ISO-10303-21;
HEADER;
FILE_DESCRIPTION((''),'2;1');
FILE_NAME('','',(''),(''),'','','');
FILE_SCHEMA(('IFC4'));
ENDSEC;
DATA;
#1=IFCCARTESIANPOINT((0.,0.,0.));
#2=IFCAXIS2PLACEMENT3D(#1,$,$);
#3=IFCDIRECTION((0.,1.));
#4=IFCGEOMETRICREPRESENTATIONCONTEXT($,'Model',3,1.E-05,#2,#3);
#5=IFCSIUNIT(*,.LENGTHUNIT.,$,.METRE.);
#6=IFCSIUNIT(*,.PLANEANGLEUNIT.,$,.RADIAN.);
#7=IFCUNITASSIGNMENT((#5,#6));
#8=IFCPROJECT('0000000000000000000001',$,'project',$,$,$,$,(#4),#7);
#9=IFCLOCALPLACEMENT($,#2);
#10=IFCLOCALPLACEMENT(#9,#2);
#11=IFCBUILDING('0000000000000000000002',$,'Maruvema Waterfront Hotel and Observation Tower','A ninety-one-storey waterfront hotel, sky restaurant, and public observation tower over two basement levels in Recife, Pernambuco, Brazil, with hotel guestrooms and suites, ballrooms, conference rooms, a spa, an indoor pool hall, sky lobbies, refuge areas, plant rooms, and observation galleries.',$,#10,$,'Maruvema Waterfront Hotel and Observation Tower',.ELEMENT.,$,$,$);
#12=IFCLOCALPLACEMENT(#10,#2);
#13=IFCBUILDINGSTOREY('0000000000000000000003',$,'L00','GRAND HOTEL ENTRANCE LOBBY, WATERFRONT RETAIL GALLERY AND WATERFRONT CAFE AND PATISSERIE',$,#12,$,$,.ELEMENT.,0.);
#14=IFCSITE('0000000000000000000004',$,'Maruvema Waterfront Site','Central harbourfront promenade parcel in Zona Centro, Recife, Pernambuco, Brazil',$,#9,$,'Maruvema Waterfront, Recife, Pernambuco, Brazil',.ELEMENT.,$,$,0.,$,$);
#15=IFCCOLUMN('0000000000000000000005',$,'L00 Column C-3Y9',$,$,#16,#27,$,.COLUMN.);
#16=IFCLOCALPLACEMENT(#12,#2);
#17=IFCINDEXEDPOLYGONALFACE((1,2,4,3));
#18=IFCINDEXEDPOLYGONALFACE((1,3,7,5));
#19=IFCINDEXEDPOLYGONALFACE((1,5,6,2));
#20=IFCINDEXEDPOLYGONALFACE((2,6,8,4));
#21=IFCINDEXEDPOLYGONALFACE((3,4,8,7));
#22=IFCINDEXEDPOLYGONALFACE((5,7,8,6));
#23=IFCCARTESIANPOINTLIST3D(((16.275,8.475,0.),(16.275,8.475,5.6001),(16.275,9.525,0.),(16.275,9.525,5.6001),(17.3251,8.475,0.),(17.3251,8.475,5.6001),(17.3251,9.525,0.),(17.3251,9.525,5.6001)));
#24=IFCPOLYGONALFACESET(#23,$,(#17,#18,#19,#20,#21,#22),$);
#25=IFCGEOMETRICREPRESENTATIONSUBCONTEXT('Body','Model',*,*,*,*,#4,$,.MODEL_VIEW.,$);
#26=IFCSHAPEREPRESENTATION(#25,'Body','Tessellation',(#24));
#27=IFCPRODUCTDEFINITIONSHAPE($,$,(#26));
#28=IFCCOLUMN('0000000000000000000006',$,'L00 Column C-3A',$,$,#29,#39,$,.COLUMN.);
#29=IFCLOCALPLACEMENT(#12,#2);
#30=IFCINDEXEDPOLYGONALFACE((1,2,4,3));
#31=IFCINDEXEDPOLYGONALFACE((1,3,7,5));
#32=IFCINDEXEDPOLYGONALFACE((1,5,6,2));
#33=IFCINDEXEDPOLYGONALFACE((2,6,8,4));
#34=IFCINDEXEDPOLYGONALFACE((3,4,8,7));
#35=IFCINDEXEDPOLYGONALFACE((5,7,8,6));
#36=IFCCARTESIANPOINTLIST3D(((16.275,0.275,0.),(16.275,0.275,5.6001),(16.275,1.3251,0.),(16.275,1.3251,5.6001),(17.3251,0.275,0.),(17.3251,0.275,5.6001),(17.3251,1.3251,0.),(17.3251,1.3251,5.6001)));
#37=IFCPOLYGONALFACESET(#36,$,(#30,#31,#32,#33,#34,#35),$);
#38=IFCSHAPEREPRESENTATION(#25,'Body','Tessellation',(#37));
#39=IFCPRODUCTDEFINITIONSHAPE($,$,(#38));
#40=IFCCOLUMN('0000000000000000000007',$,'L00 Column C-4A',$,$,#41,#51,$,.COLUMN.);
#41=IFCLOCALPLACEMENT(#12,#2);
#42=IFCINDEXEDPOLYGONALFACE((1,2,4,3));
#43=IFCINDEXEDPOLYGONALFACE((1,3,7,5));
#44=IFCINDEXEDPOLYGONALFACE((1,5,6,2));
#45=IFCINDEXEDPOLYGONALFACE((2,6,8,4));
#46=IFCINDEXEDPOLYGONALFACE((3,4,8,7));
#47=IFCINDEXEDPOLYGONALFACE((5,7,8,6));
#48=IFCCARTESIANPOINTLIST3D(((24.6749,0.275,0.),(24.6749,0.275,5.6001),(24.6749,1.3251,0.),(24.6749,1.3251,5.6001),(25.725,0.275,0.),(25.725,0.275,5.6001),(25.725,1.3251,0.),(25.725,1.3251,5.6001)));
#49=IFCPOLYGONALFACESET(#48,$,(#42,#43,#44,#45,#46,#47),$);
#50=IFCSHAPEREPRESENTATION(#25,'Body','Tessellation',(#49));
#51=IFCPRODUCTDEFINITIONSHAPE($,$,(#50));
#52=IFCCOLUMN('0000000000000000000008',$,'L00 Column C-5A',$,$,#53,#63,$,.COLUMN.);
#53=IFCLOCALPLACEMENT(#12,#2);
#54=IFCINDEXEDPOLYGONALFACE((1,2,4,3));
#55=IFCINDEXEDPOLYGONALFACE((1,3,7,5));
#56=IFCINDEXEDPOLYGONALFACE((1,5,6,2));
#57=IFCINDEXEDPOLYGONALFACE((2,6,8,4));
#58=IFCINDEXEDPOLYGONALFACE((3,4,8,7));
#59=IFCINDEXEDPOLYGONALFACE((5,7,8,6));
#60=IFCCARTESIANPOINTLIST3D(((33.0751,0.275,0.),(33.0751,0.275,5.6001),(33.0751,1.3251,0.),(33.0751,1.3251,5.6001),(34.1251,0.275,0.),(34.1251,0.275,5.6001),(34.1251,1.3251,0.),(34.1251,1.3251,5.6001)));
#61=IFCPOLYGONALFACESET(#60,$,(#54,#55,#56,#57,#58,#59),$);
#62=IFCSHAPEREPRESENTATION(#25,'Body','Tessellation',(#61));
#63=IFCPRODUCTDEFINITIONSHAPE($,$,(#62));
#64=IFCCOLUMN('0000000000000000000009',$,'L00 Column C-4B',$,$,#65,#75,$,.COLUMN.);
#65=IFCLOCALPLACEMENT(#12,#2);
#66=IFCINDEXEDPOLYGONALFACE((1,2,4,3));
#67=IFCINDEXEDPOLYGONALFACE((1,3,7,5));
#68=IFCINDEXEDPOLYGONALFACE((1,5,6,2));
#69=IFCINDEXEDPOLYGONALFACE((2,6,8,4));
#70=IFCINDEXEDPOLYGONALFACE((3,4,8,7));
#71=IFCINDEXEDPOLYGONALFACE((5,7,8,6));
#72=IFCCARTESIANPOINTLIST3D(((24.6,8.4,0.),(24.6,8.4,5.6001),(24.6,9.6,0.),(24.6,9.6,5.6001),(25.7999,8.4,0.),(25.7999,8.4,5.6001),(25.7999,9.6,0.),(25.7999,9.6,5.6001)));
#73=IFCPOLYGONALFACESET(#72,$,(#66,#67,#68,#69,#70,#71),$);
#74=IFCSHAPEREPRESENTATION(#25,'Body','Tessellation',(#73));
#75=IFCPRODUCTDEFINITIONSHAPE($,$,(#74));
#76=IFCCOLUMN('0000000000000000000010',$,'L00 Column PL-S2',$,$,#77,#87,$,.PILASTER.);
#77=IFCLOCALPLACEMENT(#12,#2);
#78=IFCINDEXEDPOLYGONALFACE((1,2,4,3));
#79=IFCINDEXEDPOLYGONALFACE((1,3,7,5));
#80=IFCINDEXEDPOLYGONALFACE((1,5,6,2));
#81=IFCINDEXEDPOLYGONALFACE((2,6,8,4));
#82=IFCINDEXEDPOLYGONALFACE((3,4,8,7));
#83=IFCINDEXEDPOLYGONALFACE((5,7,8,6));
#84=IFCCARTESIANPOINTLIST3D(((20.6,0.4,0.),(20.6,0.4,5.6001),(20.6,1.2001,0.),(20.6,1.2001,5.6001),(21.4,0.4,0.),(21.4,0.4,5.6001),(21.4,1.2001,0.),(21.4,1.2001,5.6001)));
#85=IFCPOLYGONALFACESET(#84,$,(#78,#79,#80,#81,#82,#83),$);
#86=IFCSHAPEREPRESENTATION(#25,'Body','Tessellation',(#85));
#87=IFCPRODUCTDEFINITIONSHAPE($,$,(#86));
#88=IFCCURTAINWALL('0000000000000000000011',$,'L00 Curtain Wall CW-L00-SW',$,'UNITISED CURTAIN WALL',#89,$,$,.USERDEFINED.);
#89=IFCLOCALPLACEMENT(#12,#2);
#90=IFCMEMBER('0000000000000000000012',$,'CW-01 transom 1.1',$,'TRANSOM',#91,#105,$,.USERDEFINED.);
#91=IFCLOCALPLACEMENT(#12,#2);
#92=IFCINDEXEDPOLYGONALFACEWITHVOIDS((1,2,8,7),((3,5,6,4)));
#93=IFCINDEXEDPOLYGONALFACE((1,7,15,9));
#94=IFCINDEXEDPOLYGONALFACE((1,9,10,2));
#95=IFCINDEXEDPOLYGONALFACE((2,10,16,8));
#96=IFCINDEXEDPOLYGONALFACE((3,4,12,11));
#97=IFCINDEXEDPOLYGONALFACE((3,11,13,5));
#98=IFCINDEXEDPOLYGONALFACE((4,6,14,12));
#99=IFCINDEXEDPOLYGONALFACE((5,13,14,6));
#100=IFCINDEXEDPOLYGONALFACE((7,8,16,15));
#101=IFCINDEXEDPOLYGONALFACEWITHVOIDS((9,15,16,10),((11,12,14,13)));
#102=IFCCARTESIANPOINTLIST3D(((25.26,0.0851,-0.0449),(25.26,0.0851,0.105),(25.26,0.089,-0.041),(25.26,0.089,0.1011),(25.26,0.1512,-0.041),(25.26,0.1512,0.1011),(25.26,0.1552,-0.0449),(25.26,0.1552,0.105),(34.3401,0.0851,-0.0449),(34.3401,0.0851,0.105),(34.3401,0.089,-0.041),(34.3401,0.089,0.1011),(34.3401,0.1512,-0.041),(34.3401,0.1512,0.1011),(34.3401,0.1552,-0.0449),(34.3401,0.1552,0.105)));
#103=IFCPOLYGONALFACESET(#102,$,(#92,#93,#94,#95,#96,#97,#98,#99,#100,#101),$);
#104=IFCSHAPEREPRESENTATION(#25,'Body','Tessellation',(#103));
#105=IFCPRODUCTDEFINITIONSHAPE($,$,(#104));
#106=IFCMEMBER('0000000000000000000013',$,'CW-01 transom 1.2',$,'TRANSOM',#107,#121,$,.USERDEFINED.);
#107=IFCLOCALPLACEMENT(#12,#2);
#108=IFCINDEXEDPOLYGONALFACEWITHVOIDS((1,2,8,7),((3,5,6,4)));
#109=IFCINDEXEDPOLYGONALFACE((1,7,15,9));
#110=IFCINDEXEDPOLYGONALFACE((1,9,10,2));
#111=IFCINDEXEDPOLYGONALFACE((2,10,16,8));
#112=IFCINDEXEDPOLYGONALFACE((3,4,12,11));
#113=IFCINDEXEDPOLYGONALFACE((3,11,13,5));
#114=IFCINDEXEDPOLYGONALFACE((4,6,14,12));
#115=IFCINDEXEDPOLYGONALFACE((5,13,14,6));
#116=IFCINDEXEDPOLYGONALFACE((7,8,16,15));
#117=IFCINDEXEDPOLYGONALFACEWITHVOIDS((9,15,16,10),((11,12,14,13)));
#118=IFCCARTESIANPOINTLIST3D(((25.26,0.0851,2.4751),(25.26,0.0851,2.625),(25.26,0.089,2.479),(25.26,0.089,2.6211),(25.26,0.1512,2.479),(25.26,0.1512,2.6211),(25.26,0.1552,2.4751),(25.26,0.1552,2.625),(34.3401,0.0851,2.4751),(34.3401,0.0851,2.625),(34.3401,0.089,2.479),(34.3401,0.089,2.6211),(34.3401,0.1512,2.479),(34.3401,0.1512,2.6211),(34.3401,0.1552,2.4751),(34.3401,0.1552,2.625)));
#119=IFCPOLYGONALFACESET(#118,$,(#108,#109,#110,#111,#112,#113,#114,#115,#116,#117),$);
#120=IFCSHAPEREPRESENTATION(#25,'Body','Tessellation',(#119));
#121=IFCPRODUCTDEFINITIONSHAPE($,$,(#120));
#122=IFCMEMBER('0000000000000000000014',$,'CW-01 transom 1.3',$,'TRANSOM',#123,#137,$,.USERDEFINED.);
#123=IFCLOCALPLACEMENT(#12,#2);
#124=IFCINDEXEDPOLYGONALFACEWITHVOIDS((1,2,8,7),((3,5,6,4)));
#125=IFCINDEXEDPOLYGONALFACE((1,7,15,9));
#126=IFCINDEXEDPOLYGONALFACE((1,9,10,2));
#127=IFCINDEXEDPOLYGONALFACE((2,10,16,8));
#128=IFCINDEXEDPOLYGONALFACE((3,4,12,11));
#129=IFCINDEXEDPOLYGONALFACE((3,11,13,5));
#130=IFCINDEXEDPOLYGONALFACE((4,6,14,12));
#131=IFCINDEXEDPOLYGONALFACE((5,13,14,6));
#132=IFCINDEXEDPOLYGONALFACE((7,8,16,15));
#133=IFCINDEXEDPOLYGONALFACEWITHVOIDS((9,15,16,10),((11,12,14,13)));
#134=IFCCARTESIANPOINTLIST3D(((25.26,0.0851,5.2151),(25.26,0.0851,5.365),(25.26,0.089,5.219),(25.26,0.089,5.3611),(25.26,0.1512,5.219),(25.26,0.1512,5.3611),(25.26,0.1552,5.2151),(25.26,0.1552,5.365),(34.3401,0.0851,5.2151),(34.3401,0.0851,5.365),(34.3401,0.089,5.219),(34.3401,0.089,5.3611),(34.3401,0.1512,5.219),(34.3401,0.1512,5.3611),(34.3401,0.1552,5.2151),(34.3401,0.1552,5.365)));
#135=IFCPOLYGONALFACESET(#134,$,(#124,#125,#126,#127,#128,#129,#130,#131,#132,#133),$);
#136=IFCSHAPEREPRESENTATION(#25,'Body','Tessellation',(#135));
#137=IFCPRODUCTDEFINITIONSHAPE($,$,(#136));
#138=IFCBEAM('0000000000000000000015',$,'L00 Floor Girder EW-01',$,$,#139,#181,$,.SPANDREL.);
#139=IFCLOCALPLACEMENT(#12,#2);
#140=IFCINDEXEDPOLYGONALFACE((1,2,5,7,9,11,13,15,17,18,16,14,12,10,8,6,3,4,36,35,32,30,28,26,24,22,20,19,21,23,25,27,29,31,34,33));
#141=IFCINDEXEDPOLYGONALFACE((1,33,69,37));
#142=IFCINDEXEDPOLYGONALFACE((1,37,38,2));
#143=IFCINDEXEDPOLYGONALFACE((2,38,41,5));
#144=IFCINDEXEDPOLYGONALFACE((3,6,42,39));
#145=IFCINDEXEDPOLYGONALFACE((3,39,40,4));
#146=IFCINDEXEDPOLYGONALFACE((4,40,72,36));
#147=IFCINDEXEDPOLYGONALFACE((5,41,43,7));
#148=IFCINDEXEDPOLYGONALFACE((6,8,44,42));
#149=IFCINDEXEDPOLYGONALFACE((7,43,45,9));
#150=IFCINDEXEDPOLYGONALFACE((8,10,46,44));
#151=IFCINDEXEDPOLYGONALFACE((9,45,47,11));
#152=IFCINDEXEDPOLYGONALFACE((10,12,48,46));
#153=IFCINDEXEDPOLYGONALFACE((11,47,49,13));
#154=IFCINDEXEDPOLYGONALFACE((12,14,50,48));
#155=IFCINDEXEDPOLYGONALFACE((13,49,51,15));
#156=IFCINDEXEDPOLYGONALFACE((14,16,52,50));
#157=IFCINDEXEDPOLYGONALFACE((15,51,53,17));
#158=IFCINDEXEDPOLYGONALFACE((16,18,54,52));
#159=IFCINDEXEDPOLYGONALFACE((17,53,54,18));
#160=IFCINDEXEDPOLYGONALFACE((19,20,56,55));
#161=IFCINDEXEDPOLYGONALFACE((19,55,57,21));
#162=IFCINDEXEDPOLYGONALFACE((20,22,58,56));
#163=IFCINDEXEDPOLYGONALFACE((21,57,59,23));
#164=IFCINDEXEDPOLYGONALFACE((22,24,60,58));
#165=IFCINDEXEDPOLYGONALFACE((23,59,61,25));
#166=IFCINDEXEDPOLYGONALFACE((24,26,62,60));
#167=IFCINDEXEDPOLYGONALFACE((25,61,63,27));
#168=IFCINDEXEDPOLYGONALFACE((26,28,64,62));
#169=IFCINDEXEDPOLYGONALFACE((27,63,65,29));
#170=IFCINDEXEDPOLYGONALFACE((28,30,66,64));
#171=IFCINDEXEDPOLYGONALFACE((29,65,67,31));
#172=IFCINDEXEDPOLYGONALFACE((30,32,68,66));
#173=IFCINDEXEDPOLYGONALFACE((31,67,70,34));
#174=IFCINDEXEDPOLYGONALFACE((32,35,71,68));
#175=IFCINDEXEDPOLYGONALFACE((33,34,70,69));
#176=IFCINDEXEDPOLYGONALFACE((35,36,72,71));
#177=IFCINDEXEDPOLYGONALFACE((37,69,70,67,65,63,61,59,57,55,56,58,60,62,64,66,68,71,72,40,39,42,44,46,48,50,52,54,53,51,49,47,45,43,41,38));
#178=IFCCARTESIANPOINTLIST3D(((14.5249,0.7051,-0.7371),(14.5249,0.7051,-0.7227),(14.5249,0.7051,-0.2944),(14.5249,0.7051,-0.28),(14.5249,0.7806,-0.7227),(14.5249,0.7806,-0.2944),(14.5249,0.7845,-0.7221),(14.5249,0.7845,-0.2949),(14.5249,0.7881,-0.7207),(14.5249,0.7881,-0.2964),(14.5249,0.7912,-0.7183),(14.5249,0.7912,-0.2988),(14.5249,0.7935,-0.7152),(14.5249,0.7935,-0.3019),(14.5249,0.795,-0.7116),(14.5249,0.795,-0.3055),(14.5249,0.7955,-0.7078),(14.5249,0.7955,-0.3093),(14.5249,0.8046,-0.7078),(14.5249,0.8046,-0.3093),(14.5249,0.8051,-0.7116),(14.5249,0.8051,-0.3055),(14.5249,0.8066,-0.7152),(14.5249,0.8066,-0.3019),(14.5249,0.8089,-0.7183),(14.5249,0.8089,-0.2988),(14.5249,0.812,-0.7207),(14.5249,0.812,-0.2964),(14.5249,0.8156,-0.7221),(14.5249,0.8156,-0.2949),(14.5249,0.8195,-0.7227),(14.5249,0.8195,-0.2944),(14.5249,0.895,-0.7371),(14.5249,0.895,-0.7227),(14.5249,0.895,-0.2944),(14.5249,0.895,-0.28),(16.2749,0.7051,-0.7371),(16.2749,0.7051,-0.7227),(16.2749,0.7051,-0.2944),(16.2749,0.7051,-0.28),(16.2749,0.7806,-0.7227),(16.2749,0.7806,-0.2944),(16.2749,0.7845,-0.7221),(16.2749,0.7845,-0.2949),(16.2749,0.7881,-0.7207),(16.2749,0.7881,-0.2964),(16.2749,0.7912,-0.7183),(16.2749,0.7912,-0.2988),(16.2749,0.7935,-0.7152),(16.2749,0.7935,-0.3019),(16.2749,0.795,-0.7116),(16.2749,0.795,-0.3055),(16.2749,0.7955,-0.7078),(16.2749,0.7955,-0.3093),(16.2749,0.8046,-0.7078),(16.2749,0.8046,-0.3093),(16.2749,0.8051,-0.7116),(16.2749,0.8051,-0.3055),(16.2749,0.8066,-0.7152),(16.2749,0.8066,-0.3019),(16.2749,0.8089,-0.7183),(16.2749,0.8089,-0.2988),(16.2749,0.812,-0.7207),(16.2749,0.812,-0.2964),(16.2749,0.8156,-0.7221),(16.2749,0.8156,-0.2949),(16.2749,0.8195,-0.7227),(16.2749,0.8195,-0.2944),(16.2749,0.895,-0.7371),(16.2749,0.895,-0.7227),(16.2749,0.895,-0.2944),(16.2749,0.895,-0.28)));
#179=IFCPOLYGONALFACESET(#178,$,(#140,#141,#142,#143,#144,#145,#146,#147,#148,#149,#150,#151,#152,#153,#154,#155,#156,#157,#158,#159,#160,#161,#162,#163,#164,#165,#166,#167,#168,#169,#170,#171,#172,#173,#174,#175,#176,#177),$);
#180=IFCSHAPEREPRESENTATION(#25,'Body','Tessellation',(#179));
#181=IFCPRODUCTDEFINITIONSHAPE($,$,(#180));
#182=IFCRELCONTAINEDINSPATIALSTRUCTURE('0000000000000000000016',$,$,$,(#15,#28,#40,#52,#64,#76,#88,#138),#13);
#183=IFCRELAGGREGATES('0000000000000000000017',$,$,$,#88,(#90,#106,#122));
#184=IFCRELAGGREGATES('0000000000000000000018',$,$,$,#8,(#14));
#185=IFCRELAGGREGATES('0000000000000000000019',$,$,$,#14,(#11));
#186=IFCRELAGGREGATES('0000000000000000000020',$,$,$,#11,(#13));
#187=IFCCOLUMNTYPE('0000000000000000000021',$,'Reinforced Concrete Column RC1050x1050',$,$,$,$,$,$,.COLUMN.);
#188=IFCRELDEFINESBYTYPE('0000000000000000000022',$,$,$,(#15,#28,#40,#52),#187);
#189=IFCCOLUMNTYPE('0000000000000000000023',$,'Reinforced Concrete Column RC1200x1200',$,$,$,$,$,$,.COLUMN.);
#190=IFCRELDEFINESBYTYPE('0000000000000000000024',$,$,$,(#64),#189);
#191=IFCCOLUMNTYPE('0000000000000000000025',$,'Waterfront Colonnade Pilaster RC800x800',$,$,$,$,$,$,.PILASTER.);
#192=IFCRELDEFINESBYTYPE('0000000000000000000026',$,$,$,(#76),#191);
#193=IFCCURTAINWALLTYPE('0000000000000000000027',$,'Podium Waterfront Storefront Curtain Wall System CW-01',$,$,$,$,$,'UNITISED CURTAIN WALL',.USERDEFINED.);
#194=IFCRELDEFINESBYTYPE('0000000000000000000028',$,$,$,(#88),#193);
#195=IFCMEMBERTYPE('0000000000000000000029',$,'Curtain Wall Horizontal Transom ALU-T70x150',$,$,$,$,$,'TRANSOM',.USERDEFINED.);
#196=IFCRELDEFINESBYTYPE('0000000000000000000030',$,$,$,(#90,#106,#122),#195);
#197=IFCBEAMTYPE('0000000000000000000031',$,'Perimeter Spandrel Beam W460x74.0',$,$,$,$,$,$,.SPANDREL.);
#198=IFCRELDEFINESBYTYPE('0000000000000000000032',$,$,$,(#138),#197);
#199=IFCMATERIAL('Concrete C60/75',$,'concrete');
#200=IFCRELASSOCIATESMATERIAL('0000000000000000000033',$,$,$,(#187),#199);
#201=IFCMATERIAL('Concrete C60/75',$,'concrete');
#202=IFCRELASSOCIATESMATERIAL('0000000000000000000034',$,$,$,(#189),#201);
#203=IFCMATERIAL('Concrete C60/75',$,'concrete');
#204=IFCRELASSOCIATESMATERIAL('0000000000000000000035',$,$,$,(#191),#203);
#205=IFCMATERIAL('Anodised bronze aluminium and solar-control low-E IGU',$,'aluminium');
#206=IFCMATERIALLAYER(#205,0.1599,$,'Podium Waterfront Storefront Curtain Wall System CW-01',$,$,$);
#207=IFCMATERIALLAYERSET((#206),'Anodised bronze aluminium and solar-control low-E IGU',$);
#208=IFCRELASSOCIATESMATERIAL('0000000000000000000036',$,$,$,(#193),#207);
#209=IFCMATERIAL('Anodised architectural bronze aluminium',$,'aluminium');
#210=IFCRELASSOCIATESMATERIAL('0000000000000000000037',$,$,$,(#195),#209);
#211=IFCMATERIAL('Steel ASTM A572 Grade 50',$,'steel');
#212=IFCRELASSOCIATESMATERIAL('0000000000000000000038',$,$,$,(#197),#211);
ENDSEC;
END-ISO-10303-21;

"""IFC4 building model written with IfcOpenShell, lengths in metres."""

from ifc_helpers import new_model, si_unit, direction, frame, origin, origin_2d, place, context, subcontext, project, spatial, rectangle, hollow_rectangle, i_section, extrude, material, layer, layer_set, material_profile, profile_set, type_object, element, aggregate, save


model = new_model("IFC4")

# Units and contexts
model_context = context("Model", 3, precision=1e-05, world=origin(), true_north=direction((0.0, 1.0)))
body_context = subcontext(model_context, "Body", "Model", "MODEL_VIEW")
ifc_project = project(units=[si_unit("LENGTHUNIT", "METRE"), si_unit("PLANEANGLEUNIT", "RADIAN")], contexts=[model_context])

# Site, building, storey
site_placement = place(None, origin())
site = spatial("IfcSite", under=ifc_project, at=site_placement, Name="Maruvema Waterfront Site", Description="Central harbourfront promenade parcel in Zona Centro, Recife, Pernambuco, Brazil", LongName="Maruvema Waterfront, Recife, Pernambuco, Brazil", CompositionType="ELEMENT", RefElevation=0.0)
building_placement = place(site_placement, origin())
building = spatial("IfcBuilding", under=site, at=building_placement, Name="Maruvema Waterfront Hotel and Observation Tower", Description="A ninety-one-storey waterfront hotel, sky restaurant, and public observation tower over two basement levels in Recife, Pernambuco, Brazil, with hotel guestrooms and suites, ballrooms, conference rooms, a spa, an indoor pool hall, sky lobbies, refuge areas, plant rooms, and observation galleries.", LongName="Maruvema Waterfront Hotel and Observation Tower", CompositionType="ELEMENT")
storey_placement = place(building_placement, origin())
storey = spatial("IfcBuildingStorey", under=building, at=storey_placement, Name="L00", Description="GRAND HOTEL ENTRANCE LOBBY, WATERFRONT RETAIL GALLERY AND WATERFRONT CAFE AND PATISSERIE", CompositionType="ELEMENT", Elevation=0.0)

# Columns
ifc_material_1 = material(Name="Concrete C60/75", Category="concrete")
ifc_material_profile_1 = material_profile(ifc_material_1, rectangle(XDim=1.05, YDim=1.05, at=origin_2d()), Name="RC1050x1050")
ifc_profile_set_1 = profile_set([ifc_material_profile_1], Name="Concrete C60/75")
column_type_1 = type_object("IfcColumnType", Name="Reinforced Concrete Column RC1050x1050", PredefinedType="COLUMN", material=ifc_profile_set_1)
for number, where, z_axis, x_axis, name in (
    (1, (16.8, 9.0, 0.0), (0.0, 0.0, 1.0), (1.0, 0.0, 0.0), "L00 Column C-3Y9"),
    (2, (16.8, 0.8, 0.0), (0.0, 0.0, 1.0), (1.0, 0.0, 0.0), "L00 Column C-3A"),
    (3, (25.2, 0.8, 0.0), (0.0, 0.0, 1.0), (1.0, 0.0, 0.0), "L00 Column C-4A"),
    (4, (33.6001, 0.8, 0.0), (0.0, 0.0, 1.0), (1.0, 0.0, 0.0), "L00 Column C-5A"),
):
    element("IfcColumn", number, at=place(storey_placement, frame(where, z_axis=z_axis, x_axis=x_axis)), inside=storey, type_object=column_type_1, Name=name, PredefinedType="COLUMN", context=body_context, shape_type="SweptSolid", body=[
        extrude(rectangle(XDim=1.05, YDim=1.05, at=origin_2d()), origin(), (0.0, 0.0, 1.0), 5.6001),
    ])
ifc_material_2 = material(Name="Concrete C60/75", Category="concrete")
ifc_material_profile_2 = material_profile(ifc_material_2, rectangle(XDim=1.2, YDim=1.2, at=origin_2d()), Name="RC1200x1200")
ifc_profile_set_2 = profile_set([ifc_material_profile_2], Name="Concrete C60/75")
column_type_2 = type_object("IfcColumnType", Name="Reinforced Concrete Column RC1200x1200", PredefinedType="COLUMN", material=ifc_profile_set_2)
column_1_placement = place(storey_placement, frame((25.2, 9.0, 0.0), z_axis=(0.0, 0.0, 1.0), x_axis=(1.0, 0.0, 0.0)))
element("IfcColumn", 5, at=column_1_placement, inside=storey, type_object=column_type_2, Name="L00 Column C-4B", PredefinedType="COLUMN", context=body_context, shape_type="SweptSolid", body=[
    extrude(rectangle(XDim=1.2, YDim=1.2, at=origin_2d()), origin(), (0.0, 0.0, 1.0), 5.6001),
])
ifc_material_3 = material(Name="Concrete C60/75", Category="concrete")
ifc_material_profile_3 = material_profile(ifc_material_3, rectangle(XDim=0.8, YDim=0.8, at=origin_2d()), Name="RC800x800")
ifc_profile_set_3 = profile_set([ifc_material_profile_3], Name="Concrete C60/75")
column_type_3 = type_object("IfcColumnType", Name="Waterfront Colonnade Pilaster RC800x800", PredefinedType="PILASTER", material=ifc_profile_set_3)
column_2_placement = place(storey_placement, frame((21.0, 0.8, 0.0), z_axis=(0.0, 0.0, 1.0), x_axis=(1.0, 0.0, 0.0)))
element("IfcColumn", 6, at=column_2_placement, inside=storey, type_object=column_type_3, Name="L00 Column PL-S2", PredefinedType="PILASTER", context=body_context, shape_type="SweptSolid", body=[
    extrude(rectangle(XDim=0.8, YDim=0.8, at=origin_2d()), origin(), (0.0, 0.0, 1.0), 5.6001),
])

# Curtain wall, members
ifc_material_4 = material(Name="Anodised bronze aluminium and solar-control low-E IGU", Category="aluminium")
ifc_layer_1 = layer(ifc_material_4, 0.1599, Name="Podium Waterfront Storefront Curtain Wall System CW-01")
ifc_layer_set_1 = layer_set([ifc_layer_1], Name="Anodised bronze aluminium and solar-control low-E IGU")
curtain_wall_type = type_object("IfcCurtainWallType", Name="Podium Waterfront Storefront Curtain Wall System CW-01", ElementType="UNITISED CURTAIN WALL", PredefinedType="USERDEFINED", material=ifc_layer_set_1)
curtain_wall_placement = place(storey_placement, origin())
curtain_wall = element("IfcCurtainWall", 7, at=curtain_wall_placement, inside=storey, type_object=curtain_wall_type, Name="L00 Curtain Wall CW-L00-SW", ObjectType="UNITISED CURTAIN WALL", PredefinedType="USERDEFINED")
ifc_material_5 = material(Name="Anodised architectural bronze aluminium", Category="aluminium")
ifc_material_profile_4 = material_profile(ifc_material_5, hollow_rectangle(XDim=0.0701, YDim=0.1499, WallThickness=0.0039, at=origin_2d()), Name="ALU-T70x150")
ifc_profile_set_4 = profile_set([ifc_material_profile_4], Name="Anodised architectural bronze aluminium")
member_type_1 = type_object("IfcMemberType", Name="Curtain Wall Horizontal Transom ALU-T70x150", ElementType="TRANSOM", PredefinedType="USERDEFINED", material=ifc_profile_set_4)
member_1_placement = place(storey_placement, frame((25.26, 0.1201, 0.03), z_axis=(1.0, 0.0, 0.0), x_axis=(0.0, 1.0, 0.0)))
member_1 = element("IfcMember", 8, at=member_1_placement, type_object=member_type_1, Name="CW-01 transom 1.1", ObjectType="TRANSOM", PredefinedType="USERDEFINED", context=body_context, shape_type="SweptSolid", body=[
    extrude(hollow_rectangle(XDim=0.0701, YDim=0.1499, WallThickness=0.0039, at=origin_2d()), origin(), (0.0, 0.0, 1.0), 9.0801),
])
member_2_placement = place(storey_placement, frame((25.26, 0.1201, 2.55), z_axis=(1.0, 0.0, 0.0), x_axis=(0.0, 1.0, 0.0)))
member_2 = element("IfcMember", 9, at=member_2_placement, type_object=member_type_1, Name="CW-01 transom 1.2", ObjectType="TRANSOM", PredefinedType="USERDEFINED", context=body_context, shape_type="SweptSolid", body=[
    extrude(hollow_rectangle(XDim=0.0701, YDim=0.1499, WallThickness=0.0039, at=origin_2d()), origin(), (0.0, 0.0, 1.0), 9.0801),
])
member_3_placement = place(storey_placement, frame((25.26, 0.1201, 5.29), z_axis=(1.0, 0.0, 0.0), x_axis=(0.0, 1.0, 0.0)))
member_3 = element("IfcMember", 10, at=member_3_placement, type_object=member_type_1, Name="CW-01 transom 1.3", ObjectType="TRANSOM", PredefinedType="USERDEFINED", context=body_context, shape_type="SweptSolid", body=[
    extrude(hollow_rectangle(XDim=0.0701, YDim=0.1499, WallThickness=0.0039, at=origin_2d()), origin(), (0.0, 0.0, 1.0), 9.0801),
])

# Beam
ifc_material_6 = material(Name="Steel ASTM A572 Grade 50", Category="steel")
ifc_material_profile_5 = material_profile(ifc_material_6, i_section(OverallWidth=0.1899, OverallDepth=0.457, WebThickness=0.009, FlangeThickness=0.0144, FilletRadius=0.0149, at=origin_2d()), Name="W460x74.0")
ifc_profile_set_5 = profile_set([ifc_material_profile_5], Name="Steel ASTM A572 Grade 50")
beam_type_1 = type_object("IfcBeamType", Name="Perimeter Spandrel Beam W460x74.0", PredefinedType="SPANDREL", material=ifc_profile_set_5)
beam_1_placement = place(storey_placement, frame((14.5249, 0.8, -0.5085), z_axis=(1.0, 0.0, 0.0), x_axis=(0.0, 1.0, 0.0)))
element("IfcBeam", 11, at=beam_1_placement, inside=storey, type_object=beam_type_1, Name="L00 Floor Girder EW-01", PredefinedType="SPANDREL", context=body_context, shape_type="SweptSolid", body=[
    extrude(i_section(OverallWidth=0.1899, OverallDepth=0.457, WebThickness=0.009, FlangeThickness=0.0144, FilletRadius=0.0149, at=origin_2d()), origin(), (0.0, 0.0, 1.0), 1.75),
])

aggregate(curtain_wall, [member_1, member_2, member_3])

save(model, "model.ifc")
